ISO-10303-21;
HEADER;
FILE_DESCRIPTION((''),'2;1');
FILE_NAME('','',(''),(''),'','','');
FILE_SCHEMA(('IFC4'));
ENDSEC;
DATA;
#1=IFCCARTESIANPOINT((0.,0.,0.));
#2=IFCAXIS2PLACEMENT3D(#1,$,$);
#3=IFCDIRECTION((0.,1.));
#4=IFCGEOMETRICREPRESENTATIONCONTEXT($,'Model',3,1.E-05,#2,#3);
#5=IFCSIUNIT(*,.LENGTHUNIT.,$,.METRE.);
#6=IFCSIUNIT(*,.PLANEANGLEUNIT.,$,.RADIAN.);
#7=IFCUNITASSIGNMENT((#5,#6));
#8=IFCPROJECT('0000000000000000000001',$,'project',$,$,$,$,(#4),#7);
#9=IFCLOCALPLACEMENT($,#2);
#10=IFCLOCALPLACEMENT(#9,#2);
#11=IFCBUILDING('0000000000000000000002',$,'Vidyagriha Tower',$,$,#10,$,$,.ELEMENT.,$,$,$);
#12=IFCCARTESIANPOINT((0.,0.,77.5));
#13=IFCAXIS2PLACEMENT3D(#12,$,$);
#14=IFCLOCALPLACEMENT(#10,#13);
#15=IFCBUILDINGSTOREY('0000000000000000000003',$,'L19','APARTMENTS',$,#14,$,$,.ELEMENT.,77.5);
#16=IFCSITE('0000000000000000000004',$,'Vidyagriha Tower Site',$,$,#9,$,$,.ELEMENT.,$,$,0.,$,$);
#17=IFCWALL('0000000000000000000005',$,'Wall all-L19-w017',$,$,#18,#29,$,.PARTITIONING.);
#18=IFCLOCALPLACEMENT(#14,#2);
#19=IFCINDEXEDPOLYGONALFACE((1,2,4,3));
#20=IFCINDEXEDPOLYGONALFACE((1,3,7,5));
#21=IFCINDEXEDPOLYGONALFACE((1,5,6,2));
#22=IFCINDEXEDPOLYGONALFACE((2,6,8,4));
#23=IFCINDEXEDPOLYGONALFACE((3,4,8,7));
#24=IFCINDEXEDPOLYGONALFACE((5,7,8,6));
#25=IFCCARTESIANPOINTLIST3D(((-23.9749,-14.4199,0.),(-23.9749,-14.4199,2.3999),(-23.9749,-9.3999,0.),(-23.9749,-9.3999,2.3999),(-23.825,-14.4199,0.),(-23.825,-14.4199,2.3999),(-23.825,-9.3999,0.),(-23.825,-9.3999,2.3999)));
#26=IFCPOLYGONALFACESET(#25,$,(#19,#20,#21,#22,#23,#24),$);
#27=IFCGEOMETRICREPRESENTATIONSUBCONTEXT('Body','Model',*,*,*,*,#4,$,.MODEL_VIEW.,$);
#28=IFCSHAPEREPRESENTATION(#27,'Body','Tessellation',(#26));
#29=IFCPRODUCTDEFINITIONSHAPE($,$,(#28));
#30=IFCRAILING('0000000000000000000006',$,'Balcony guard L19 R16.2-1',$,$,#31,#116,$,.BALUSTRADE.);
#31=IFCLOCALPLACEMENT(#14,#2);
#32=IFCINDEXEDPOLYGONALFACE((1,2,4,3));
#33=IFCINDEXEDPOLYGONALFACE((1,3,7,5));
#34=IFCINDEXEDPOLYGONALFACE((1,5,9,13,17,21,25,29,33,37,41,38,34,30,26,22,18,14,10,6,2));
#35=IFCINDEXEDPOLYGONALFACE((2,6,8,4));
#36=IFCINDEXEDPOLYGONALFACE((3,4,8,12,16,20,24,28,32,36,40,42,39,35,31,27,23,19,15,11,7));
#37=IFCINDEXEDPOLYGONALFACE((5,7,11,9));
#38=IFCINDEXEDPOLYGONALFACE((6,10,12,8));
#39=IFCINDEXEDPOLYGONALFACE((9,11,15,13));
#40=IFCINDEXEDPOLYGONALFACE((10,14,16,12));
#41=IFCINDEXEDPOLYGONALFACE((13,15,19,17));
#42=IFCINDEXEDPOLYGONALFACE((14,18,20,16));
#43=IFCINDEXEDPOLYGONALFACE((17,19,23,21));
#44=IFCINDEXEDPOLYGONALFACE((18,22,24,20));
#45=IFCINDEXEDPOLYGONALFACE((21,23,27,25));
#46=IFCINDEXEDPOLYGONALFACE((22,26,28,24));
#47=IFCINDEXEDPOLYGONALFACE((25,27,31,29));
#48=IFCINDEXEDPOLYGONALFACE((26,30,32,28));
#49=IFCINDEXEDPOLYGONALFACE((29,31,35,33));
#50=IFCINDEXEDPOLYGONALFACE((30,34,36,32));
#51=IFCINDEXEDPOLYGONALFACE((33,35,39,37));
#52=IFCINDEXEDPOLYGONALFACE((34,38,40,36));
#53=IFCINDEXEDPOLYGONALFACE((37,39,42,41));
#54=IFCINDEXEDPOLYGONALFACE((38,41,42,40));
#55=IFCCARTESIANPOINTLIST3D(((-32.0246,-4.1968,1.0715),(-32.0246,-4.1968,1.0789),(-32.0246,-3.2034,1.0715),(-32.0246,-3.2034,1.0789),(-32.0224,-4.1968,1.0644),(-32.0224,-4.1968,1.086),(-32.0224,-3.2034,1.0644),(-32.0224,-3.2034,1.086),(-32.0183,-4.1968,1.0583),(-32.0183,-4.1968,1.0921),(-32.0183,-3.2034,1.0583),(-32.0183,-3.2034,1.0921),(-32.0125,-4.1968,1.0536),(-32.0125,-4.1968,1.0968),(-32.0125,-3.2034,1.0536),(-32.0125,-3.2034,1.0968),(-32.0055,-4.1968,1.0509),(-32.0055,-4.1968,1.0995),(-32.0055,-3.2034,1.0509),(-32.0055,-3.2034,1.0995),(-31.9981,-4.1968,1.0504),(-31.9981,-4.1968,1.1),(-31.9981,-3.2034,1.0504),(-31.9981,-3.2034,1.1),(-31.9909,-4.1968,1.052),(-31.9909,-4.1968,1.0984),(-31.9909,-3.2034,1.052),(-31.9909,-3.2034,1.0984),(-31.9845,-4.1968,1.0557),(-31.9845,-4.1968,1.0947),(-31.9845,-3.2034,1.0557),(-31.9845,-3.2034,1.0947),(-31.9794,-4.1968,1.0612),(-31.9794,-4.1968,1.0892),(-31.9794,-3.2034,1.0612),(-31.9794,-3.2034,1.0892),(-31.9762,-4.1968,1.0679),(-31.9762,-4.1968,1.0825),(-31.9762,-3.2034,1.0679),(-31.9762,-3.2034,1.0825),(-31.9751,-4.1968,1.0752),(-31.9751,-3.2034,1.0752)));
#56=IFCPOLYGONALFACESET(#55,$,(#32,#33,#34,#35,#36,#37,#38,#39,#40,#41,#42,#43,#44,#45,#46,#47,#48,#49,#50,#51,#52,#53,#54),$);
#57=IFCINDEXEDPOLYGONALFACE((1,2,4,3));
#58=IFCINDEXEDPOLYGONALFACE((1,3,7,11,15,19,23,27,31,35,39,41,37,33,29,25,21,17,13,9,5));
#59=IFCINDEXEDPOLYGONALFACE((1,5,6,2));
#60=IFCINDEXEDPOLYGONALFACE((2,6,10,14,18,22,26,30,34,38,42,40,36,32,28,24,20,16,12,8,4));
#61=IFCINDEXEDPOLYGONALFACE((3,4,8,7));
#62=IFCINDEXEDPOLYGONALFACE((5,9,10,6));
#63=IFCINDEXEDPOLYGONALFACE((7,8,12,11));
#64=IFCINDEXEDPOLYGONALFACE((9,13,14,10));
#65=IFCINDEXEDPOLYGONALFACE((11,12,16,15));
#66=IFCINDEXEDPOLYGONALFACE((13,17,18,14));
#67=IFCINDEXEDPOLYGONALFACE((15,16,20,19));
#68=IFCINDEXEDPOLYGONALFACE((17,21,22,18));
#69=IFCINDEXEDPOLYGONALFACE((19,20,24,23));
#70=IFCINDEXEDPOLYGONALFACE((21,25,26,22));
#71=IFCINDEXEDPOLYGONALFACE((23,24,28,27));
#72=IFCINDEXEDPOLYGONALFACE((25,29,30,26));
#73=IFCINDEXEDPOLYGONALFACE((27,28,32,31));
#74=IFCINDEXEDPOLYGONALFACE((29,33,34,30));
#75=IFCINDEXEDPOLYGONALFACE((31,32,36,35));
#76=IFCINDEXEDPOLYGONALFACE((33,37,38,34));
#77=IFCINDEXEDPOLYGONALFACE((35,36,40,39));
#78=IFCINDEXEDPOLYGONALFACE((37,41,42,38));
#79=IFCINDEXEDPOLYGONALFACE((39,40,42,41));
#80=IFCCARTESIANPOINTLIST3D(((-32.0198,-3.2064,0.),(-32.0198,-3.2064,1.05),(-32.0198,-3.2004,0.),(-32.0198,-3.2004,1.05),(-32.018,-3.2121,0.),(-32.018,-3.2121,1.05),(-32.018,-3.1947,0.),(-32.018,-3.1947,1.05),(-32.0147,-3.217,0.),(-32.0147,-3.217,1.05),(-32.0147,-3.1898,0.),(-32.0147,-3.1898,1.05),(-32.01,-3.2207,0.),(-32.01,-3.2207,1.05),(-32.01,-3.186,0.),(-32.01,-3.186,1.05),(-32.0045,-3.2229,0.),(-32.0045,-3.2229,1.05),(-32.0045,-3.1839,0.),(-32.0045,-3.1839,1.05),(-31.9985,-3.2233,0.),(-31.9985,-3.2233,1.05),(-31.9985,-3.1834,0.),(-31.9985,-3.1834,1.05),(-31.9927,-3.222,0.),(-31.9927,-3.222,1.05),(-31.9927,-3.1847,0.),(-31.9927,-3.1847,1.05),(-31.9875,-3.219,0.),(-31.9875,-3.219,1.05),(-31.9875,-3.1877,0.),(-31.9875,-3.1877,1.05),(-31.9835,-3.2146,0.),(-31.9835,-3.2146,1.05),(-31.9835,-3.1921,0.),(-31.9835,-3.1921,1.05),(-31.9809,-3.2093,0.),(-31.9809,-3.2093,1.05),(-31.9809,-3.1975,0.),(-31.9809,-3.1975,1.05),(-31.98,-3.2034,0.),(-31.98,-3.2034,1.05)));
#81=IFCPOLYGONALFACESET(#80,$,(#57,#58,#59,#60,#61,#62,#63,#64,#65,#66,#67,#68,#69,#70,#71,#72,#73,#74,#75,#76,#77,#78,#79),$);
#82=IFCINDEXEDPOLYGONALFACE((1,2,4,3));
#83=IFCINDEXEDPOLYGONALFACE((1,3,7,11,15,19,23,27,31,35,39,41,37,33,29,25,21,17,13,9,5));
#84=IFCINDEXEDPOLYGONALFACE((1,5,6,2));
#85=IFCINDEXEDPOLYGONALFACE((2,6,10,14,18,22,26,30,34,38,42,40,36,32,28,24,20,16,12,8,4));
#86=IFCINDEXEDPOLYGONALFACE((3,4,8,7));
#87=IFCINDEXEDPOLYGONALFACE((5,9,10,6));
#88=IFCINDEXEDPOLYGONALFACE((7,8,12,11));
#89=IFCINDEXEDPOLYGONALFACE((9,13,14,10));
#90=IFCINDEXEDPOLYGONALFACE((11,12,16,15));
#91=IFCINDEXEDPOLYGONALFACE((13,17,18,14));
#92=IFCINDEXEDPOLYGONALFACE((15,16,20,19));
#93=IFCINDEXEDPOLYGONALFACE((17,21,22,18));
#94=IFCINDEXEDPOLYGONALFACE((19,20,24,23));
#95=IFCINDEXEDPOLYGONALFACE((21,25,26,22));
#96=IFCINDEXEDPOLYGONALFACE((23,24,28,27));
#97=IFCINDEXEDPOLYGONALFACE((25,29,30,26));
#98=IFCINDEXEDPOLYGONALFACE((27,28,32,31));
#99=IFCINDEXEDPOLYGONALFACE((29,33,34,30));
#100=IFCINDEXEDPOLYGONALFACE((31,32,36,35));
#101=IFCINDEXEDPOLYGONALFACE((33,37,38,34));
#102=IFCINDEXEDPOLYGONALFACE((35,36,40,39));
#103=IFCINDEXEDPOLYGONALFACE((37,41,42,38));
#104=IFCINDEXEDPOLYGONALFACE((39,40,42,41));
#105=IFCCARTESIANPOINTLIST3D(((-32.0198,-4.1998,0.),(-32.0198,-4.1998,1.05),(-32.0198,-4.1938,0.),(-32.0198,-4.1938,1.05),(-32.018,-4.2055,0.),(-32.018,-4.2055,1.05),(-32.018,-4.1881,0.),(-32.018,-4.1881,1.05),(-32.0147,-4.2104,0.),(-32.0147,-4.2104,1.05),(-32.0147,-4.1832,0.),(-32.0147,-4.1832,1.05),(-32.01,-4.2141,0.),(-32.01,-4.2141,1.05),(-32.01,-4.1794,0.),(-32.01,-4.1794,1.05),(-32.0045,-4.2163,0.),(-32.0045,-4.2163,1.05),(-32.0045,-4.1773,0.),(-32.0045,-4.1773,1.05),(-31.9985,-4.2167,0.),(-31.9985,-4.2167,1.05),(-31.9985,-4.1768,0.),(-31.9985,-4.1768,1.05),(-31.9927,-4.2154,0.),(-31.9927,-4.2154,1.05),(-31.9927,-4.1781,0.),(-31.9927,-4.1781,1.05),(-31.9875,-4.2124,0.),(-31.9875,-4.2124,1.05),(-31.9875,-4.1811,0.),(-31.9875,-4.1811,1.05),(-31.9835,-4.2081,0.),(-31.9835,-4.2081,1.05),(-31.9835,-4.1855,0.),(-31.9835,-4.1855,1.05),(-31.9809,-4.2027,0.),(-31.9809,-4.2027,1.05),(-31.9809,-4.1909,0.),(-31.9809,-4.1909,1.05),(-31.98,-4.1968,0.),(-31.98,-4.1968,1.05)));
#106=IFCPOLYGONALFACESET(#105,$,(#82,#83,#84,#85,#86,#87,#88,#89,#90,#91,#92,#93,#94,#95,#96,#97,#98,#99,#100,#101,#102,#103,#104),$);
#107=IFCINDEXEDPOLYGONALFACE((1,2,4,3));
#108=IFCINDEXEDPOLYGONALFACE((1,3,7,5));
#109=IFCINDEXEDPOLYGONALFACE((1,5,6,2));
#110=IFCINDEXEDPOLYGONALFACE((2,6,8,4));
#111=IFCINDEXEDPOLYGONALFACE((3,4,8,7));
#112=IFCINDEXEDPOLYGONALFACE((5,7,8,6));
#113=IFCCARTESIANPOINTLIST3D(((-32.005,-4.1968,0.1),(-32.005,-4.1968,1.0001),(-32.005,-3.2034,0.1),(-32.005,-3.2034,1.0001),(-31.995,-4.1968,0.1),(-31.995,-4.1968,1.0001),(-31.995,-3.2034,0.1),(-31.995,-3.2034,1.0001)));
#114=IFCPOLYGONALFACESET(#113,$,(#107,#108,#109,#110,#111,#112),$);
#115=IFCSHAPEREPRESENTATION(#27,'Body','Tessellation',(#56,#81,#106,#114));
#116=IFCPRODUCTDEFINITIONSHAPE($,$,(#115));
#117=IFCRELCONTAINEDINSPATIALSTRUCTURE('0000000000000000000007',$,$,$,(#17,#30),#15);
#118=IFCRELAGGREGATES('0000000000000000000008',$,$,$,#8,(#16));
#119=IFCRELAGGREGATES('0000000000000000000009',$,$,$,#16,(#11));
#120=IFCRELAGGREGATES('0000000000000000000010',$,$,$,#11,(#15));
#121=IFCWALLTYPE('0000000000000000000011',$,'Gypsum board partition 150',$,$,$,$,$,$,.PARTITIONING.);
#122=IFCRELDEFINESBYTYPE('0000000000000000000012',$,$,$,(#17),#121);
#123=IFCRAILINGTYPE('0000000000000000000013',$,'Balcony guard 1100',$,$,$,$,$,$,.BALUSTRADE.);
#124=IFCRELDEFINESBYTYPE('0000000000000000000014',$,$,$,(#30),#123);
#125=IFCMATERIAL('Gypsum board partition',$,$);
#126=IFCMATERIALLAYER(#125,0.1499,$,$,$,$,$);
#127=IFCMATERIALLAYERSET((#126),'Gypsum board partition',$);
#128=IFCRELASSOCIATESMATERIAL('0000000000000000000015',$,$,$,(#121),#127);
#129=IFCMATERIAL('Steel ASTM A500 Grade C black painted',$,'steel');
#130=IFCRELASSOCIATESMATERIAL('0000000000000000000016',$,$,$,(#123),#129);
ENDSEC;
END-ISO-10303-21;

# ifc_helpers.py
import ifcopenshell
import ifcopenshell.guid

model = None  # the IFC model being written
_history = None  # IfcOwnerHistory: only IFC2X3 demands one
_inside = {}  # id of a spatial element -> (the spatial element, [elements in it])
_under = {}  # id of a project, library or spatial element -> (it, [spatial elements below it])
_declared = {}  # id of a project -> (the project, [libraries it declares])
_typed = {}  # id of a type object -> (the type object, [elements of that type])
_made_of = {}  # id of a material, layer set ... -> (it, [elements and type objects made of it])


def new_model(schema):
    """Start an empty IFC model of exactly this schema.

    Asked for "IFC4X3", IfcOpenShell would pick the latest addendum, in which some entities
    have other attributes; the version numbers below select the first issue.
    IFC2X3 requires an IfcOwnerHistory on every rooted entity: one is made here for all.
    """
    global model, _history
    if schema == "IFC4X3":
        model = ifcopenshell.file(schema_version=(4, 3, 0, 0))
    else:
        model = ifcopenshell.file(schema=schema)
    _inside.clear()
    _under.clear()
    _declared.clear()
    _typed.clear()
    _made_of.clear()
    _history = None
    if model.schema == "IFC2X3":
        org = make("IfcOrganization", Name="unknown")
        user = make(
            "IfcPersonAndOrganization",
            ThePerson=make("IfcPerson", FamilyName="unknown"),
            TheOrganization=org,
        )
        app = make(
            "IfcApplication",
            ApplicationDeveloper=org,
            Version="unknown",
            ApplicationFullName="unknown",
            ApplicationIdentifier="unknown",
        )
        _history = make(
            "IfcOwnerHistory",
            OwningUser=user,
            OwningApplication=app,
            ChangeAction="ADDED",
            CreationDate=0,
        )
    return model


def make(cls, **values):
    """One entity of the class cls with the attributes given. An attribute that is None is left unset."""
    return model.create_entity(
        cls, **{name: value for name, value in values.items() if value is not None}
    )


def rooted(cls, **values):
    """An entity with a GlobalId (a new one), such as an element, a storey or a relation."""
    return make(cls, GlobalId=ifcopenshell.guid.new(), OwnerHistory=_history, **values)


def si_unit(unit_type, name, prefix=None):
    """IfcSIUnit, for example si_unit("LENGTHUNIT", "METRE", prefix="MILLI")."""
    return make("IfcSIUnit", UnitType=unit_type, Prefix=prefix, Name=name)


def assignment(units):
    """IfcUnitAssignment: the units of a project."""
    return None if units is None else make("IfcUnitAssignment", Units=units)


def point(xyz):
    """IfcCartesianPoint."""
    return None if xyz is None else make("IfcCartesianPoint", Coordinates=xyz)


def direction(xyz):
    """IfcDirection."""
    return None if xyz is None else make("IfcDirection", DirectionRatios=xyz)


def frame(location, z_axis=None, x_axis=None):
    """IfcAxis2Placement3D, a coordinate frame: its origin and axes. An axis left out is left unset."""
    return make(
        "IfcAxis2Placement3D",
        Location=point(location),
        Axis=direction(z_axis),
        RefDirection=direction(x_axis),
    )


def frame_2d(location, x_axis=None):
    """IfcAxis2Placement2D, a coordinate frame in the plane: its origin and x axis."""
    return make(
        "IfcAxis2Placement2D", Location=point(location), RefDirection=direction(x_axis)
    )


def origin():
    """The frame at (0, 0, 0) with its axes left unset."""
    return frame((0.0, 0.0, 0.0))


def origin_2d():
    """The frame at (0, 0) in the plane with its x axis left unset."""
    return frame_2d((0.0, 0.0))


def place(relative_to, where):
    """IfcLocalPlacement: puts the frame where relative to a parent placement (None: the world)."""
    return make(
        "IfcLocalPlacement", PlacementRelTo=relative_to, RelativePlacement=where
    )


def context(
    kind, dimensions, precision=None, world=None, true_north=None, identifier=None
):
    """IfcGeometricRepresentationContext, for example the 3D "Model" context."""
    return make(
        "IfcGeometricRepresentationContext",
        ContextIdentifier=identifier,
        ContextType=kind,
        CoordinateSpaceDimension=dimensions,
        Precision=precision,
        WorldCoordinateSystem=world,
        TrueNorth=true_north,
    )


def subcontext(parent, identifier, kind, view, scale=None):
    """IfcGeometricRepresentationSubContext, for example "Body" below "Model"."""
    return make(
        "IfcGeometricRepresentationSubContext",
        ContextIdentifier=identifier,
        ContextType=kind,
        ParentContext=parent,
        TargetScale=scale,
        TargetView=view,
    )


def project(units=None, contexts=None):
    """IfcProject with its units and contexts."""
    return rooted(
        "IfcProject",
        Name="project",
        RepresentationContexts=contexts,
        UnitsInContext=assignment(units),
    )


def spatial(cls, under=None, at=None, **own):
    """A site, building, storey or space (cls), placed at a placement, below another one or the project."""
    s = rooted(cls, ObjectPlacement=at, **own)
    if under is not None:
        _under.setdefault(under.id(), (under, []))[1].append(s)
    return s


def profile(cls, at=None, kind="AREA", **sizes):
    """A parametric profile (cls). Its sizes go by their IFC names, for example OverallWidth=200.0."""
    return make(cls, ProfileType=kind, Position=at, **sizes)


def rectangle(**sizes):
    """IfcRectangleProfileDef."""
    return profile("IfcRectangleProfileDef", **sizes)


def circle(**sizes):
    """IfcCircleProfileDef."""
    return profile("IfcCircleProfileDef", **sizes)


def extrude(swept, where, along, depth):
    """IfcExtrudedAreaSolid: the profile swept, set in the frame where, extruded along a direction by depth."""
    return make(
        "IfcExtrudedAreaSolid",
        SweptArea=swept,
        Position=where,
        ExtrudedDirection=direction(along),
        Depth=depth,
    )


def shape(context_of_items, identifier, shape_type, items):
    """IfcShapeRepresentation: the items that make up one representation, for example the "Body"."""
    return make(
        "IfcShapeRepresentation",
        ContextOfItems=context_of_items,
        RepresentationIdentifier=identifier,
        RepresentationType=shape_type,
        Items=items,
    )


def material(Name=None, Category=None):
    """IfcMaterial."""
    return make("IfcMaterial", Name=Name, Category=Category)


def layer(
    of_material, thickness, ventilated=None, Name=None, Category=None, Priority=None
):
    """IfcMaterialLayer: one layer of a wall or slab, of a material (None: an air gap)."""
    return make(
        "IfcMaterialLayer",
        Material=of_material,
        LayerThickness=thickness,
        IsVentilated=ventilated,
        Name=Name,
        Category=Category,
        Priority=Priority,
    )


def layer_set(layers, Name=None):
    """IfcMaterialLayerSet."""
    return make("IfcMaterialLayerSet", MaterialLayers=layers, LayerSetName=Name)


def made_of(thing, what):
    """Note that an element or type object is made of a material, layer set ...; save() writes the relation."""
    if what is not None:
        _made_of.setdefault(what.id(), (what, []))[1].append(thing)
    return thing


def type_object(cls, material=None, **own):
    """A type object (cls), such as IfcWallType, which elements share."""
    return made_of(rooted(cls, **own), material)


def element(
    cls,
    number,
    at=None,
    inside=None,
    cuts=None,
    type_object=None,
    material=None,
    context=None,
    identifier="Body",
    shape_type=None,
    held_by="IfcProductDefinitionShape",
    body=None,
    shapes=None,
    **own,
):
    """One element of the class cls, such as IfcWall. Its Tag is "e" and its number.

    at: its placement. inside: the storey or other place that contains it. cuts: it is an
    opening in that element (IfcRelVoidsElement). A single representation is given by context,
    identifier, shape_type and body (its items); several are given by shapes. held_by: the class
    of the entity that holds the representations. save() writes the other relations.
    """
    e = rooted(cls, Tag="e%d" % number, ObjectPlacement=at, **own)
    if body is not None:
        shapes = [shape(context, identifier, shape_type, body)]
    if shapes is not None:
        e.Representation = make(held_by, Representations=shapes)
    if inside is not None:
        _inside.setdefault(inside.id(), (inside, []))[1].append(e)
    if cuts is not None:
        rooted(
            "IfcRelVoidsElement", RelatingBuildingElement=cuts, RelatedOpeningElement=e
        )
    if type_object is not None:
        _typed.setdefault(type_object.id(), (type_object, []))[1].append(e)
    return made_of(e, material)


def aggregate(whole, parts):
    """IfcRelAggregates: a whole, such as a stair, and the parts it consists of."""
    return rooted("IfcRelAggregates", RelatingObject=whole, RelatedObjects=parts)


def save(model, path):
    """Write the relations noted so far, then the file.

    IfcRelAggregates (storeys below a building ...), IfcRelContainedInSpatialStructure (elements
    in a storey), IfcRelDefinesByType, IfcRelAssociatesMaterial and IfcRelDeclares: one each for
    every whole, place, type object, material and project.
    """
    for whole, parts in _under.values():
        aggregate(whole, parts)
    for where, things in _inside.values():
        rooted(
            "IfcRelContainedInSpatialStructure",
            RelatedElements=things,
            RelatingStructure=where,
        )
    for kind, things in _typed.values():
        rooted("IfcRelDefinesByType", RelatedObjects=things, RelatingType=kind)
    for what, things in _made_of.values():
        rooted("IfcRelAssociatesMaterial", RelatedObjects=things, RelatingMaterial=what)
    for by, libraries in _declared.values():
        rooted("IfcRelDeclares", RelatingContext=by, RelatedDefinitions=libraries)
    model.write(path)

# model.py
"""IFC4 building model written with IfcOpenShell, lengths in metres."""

from ifc_helpers import new_model, si_unit, direction, frame, frame_2d, origin, origin_2d, place, context, subcontext, project, spatial, rectangle, circle, extrude, material, layer, layer_set, type_object, element, save


model = new_model("IFC4")

# Units and contexts
model_context = context("Model", 3, precision=1e-05, world=origin(), true_north=direction((0.0, 1.0)))
body_context = subcontext(model_context, "Body", "Model", "MODEL_VIEW")
ifc_project = project(units=[si_unit("LENGTHUNIT", "METRE"), si_unit("PLANEANGLEUNIT", "RADIAN")], contexts=[model_context])

# Site, building, storey
site_placement = place(None, origin())
site = spatial("IfcSite", under=ifc_project, at=site_placement, Name="Vidyagriha Tower Site", CompositionType="ELEMENT", RefElevation=0.0)
building_placement = place(site_placement, origin())
building = spatial("IfcBuilding", under=site, at=building_placement, Name="Vidyagriha Tower", CompositionType="ELEMENT")
storey_placement = place(building_placement, frame((0.0, 0.0, 77.5)))
storey = spatial("IfcBuildingStorey", under=building, at=storey_placement, Name="L19", Description="APARTMENTS", CompositionType="ELEMENT", Elevation=77.5)

# Shared definitions
ifc_material_1 = material(Name="Gypsum board partition")
ifc_layer_1 = layer(ifc_material_1, 0.1499)
ifc_layer_set_1 = layer_set([ifc_layer_1], Name="Gypsum board partition")
wall_type_1 = type_object("IfcWallType", Name="Gypsum board partition 150", PredefinedType="PARTITIONING", material=ifc_layer_set_1)

# Wall
wall_1_placement = place(storey_placement, frame((-23.8999, -9.3999, 0.0), z_axis=(0.0, 0.0, 1.0), x_axis=(0.0, -1.0, 0.0)))
element("IfcWall", 1, at=wall_1_placement, inside=storey, type_object=wall_type_1, Name="Wall all-L19-w017", PredefinedType="PARTITIONING", context=body_context, shape_type="SweptSolid", body=[
    extrude(rectangle(XDim=5.02, YDim=0.1499, at=frame_2d((2.51, 0.0))), origin(), (0.0, 0.0, 1.0), 2.3999),
])

# Railing
ifc_material_2 = material(Name="Steel ASTM A500 Grade C black painted", Category="steel")
railing_type_1 = type_object("IfcRailingType", Name="Balcony guard 1100", PredefinedType="BALUSTRADE", material=ifc_material_2)
railing_1_placement = place(storey_placement, frame((-32.0, -3.2034, 0.0)))
element("IfcRailing", 2, at=railing_1_placement, inside=storey, type_object=railing_type_1, Name="Balcony guard L19 R16.2-1", PredefinedType="BALUSTRADE", context=body_context, shape_type="SweptSolid", body=[
    extrude(circle(Radius=0.0249, at=origin_2d()), frame((0.0, 0.0, 1.0752), z_axis=(0.0, -1.0, 0.0), x_axis=(1.0, 0.0, 0.0)), (0.0, 0.0, 1.0), 0.9934),
    extrude(circle(Radius=0.02, at=origin_2d()), origin(), (0.0, 0.0, 1.0), 1.05),
    extrude(circle(Radius=0.02, at=origin_2d()), frame((0.0, -0.9934, 0.0)), (0.0, 0.0, 1.0), 1.05),
    extrude(rectangle(XDim=0.01, YDim=0.9001, at=origin_2d()), frame((0.0, 0.0, 0.55), z_axis=(0.0, -1.0, 0.0), x_axis=(1.0, 0.0, 0.0)), (0.0, 0.0, 1.0), 0.9934),
])

save(model, "model.ifc")
